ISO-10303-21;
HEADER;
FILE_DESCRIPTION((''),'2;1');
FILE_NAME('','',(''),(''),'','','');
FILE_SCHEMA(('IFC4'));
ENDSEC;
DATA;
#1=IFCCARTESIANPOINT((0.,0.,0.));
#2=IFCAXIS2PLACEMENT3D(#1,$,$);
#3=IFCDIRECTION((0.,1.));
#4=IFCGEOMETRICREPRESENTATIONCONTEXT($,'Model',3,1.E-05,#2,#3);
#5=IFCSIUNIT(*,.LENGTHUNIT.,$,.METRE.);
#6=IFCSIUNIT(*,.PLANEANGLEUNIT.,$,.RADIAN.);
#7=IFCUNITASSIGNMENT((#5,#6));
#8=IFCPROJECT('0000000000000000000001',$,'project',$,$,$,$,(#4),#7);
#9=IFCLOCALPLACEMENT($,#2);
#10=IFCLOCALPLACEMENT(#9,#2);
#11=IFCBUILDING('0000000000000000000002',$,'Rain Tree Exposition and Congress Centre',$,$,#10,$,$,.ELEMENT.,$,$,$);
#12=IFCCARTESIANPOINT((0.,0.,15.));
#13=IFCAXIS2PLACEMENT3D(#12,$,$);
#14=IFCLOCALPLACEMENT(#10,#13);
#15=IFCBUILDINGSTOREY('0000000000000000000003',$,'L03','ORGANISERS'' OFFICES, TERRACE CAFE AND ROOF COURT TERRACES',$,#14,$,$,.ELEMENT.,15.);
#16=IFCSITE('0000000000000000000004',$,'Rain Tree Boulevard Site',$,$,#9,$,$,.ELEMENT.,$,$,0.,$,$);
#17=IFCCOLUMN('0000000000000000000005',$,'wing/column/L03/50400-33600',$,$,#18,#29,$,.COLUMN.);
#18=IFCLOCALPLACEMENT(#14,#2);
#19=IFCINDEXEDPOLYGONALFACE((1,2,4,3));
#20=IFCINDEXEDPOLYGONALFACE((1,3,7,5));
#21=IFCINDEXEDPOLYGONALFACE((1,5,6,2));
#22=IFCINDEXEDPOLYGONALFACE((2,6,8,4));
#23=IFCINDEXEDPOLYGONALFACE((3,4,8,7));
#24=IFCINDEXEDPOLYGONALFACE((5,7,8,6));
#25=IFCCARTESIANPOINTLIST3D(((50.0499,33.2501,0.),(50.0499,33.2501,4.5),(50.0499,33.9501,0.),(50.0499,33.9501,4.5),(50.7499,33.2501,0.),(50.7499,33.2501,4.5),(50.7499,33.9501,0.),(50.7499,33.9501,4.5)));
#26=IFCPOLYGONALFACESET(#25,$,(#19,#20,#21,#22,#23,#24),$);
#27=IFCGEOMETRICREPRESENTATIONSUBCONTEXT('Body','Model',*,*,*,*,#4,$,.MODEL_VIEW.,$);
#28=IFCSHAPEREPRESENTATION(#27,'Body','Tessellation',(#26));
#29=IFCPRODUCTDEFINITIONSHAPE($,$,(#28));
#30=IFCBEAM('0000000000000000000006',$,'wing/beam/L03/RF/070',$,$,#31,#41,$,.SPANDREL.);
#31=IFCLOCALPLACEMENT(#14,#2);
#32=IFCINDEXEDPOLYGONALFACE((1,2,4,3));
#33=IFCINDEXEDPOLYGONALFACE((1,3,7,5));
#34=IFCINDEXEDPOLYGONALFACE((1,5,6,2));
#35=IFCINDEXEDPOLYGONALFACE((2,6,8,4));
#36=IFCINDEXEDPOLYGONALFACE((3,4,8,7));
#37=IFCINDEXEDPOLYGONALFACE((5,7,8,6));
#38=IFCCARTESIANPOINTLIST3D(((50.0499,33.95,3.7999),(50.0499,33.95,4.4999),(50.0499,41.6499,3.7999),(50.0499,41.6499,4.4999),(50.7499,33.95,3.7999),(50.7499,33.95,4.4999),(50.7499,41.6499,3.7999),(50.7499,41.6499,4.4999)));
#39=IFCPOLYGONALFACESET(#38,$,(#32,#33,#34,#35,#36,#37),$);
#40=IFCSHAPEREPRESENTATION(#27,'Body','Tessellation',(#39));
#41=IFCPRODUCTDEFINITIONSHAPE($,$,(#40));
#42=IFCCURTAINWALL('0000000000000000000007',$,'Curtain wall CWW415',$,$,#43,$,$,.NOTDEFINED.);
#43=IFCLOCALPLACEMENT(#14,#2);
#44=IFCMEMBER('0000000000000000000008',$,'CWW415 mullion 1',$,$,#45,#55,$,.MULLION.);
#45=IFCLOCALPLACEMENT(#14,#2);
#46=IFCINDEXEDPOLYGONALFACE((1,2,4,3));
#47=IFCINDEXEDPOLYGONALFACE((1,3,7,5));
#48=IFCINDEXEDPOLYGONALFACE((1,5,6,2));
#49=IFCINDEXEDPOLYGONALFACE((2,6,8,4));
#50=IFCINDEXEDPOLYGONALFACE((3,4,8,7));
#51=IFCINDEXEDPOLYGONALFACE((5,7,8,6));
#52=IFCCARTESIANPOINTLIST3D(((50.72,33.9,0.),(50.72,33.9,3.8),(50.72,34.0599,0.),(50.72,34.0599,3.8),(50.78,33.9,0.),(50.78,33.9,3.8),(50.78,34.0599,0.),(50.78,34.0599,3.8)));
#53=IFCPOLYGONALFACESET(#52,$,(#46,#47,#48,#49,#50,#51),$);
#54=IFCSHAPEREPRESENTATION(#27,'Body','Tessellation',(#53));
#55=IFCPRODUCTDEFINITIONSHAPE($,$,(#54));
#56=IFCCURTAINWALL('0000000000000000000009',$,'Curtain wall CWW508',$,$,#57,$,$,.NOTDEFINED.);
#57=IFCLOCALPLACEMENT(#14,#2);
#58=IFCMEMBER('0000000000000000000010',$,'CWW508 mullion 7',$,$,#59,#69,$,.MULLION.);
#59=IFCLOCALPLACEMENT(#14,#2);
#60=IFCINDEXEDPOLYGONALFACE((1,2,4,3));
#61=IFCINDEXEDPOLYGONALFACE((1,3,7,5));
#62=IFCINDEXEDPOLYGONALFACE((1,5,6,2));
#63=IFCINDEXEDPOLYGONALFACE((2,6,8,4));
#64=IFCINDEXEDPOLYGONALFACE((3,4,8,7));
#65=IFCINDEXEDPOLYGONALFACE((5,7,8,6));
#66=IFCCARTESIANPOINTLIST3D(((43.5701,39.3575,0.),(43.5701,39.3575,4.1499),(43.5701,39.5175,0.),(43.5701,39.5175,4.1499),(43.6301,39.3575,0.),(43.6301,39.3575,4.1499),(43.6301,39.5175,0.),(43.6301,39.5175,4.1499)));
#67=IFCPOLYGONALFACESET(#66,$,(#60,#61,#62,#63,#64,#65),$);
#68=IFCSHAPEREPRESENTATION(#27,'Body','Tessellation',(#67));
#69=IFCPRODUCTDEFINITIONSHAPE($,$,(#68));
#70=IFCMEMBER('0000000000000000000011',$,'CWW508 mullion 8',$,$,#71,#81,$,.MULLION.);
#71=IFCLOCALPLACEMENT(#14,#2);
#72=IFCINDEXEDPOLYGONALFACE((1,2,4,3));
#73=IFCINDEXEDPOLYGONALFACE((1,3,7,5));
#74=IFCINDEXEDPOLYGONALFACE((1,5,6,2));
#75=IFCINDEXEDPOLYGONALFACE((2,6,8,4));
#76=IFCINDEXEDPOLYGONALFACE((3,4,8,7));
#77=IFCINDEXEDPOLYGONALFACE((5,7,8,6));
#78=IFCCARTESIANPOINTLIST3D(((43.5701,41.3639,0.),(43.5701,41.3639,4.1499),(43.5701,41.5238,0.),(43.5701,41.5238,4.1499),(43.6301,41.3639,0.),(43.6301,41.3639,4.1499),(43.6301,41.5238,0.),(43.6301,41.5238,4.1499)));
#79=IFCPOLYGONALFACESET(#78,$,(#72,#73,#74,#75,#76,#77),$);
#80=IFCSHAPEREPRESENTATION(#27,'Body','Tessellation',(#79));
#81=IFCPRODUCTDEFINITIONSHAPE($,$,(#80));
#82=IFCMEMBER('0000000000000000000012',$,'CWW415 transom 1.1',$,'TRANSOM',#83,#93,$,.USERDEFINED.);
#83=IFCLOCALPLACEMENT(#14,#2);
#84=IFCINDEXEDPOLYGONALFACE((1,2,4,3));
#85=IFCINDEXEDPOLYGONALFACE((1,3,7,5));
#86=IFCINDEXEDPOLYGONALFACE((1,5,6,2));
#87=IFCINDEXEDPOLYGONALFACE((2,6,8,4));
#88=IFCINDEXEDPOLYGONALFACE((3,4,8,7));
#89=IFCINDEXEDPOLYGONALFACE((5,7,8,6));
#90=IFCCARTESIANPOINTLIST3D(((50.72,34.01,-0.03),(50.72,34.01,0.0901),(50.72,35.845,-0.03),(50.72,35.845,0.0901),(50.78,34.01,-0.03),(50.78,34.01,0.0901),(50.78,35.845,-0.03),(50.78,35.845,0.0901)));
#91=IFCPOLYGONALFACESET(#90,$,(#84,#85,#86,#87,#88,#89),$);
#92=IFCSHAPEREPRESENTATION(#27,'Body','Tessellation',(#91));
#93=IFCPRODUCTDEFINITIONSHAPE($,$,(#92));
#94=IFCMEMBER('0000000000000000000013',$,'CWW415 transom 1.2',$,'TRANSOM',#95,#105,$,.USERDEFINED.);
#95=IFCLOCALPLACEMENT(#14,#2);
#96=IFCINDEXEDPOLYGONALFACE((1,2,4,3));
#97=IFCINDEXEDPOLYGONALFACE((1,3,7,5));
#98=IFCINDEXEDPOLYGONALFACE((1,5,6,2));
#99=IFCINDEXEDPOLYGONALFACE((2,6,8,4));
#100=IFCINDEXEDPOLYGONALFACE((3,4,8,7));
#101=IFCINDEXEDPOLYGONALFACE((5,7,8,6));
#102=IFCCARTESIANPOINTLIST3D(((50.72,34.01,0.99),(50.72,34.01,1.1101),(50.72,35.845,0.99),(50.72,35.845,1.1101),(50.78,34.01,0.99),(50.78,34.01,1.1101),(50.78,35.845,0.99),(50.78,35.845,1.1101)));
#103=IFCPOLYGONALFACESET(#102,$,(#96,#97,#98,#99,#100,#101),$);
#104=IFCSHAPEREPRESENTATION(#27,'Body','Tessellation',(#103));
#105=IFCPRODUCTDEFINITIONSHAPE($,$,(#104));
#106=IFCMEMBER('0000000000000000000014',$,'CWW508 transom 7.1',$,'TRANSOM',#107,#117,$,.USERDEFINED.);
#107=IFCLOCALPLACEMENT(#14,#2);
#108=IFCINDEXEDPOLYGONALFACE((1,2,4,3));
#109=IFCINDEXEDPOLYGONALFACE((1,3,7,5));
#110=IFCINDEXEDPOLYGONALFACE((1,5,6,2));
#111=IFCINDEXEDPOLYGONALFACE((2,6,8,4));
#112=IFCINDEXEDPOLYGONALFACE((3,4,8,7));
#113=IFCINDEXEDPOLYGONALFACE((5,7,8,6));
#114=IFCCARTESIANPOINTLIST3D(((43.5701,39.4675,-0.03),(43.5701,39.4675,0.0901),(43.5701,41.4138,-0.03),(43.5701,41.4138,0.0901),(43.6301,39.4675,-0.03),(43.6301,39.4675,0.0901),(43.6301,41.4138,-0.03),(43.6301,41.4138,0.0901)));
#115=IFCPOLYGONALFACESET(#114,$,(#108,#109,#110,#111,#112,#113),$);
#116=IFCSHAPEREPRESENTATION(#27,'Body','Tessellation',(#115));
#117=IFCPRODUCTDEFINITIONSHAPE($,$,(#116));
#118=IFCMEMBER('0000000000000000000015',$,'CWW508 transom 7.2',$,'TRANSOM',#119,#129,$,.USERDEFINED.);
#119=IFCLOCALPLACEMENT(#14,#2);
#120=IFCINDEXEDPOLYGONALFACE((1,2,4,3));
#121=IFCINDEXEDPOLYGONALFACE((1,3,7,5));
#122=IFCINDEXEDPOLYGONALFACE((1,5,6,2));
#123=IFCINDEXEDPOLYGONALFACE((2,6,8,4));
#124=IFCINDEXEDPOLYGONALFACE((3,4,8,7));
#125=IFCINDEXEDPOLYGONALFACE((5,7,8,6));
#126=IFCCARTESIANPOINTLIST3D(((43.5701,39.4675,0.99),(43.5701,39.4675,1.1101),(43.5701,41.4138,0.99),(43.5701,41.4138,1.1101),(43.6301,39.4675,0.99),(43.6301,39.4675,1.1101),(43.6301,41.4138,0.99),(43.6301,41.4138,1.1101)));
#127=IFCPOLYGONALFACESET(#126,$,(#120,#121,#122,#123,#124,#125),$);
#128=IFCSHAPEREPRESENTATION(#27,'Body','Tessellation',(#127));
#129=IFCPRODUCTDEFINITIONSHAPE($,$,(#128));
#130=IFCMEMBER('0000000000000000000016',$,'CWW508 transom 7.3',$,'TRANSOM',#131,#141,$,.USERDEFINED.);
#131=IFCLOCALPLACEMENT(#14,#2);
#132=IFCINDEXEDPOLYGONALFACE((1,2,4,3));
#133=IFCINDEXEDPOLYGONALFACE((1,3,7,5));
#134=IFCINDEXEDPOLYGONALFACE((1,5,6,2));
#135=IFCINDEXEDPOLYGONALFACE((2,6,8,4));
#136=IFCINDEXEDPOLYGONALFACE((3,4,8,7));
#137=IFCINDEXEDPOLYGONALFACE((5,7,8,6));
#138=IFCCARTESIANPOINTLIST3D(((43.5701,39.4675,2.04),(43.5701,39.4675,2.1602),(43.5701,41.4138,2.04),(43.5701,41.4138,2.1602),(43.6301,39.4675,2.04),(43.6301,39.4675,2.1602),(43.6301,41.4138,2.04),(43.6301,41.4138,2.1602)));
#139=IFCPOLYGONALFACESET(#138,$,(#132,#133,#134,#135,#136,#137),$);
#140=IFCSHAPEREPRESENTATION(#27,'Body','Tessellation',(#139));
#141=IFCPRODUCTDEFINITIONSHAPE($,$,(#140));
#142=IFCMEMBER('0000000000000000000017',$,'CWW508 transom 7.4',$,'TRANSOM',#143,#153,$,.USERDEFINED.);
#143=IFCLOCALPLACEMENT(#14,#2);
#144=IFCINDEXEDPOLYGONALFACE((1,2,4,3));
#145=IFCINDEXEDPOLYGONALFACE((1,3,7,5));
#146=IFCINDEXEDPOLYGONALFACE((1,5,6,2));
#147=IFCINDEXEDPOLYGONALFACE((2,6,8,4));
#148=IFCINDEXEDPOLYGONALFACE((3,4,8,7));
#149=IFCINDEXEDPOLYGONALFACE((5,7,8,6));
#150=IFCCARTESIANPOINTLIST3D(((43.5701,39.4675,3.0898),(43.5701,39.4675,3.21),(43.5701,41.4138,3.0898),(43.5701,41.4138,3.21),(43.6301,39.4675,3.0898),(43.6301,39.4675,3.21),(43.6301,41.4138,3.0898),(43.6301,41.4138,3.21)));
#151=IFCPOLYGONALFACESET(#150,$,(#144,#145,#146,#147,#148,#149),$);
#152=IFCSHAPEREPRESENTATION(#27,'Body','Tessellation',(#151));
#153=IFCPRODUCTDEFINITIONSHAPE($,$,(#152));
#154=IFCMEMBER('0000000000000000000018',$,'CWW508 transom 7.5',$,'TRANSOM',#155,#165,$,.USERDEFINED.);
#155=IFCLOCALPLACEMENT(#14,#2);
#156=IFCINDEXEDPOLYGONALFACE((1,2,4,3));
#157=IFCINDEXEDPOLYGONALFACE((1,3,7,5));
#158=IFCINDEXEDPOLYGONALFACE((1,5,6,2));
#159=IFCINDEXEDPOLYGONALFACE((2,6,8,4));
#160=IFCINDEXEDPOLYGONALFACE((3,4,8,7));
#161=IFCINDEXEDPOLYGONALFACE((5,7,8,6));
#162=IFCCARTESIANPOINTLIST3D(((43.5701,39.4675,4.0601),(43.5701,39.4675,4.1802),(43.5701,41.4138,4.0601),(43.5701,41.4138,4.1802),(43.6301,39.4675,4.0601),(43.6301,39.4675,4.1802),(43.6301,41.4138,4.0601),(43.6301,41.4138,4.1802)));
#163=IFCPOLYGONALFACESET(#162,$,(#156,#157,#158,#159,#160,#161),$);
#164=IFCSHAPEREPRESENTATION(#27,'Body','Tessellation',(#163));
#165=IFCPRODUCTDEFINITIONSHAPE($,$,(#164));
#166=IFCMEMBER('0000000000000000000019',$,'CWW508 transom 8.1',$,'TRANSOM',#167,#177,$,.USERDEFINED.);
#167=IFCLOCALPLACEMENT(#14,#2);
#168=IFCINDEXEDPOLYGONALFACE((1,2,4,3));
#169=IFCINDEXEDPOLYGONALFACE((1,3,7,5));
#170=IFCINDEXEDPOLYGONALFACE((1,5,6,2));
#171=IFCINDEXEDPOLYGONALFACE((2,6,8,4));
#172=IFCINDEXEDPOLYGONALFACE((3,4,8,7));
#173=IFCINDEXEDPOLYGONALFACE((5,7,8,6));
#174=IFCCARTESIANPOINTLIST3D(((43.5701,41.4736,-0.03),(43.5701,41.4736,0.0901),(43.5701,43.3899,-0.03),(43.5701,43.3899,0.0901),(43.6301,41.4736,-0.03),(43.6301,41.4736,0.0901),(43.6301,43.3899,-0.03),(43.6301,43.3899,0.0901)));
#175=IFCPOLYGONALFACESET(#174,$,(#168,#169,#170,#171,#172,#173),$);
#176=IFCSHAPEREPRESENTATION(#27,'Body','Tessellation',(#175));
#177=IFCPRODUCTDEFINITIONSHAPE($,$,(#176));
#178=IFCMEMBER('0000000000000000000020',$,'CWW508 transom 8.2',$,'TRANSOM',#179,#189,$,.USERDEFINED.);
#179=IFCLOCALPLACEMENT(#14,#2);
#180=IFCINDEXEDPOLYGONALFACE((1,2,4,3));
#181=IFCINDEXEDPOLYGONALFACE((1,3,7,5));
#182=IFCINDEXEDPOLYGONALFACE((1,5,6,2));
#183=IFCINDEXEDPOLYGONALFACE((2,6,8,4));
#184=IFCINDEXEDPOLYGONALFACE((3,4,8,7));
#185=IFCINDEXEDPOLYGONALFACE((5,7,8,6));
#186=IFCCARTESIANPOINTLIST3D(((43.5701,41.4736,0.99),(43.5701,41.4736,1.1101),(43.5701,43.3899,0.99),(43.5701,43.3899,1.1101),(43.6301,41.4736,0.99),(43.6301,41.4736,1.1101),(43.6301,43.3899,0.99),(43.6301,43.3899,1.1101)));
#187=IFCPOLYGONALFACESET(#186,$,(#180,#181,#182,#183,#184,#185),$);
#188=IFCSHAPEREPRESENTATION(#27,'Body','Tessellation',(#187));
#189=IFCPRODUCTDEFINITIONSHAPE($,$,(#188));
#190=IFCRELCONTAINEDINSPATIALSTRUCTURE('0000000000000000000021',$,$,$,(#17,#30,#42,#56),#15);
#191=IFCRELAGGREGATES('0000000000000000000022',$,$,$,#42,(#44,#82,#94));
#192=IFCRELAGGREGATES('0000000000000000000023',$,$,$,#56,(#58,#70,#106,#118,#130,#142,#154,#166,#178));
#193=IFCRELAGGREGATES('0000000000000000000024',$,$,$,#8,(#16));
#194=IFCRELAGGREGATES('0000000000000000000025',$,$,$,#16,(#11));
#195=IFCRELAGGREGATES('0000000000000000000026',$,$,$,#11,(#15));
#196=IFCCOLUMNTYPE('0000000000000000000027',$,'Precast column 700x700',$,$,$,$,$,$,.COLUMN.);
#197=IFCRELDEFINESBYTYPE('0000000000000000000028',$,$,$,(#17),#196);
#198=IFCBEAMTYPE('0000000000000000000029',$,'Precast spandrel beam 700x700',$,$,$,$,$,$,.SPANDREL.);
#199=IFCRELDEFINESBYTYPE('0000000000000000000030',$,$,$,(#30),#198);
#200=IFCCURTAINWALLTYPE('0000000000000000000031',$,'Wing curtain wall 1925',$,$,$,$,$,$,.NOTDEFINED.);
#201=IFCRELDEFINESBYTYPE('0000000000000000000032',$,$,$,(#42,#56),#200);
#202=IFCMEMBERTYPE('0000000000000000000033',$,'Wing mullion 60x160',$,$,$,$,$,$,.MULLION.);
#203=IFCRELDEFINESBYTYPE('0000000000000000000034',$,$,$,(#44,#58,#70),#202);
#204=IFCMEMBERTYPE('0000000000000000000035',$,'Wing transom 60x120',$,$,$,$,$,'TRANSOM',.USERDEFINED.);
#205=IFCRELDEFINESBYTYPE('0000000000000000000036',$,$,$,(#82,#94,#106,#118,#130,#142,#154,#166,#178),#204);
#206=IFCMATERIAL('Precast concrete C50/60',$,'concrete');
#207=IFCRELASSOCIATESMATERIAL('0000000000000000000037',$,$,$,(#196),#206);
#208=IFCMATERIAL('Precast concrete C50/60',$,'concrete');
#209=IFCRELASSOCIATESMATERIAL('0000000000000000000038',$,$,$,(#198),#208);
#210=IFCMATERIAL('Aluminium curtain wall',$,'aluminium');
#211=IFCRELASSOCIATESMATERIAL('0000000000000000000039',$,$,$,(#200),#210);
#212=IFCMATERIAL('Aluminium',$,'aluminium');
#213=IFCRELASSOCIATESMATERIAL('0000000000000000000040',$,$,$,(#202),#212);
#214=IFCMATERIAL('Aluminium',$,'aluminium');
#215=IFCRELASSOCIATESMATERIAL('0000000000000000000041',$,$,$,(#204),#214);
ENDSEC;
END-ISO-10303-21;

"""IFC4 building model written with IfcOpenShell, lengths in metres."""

from ifc_helpers import new_model, si_unit, direction, frame, origin, origin_2d, place, context, subcontext, project, spatial, rectangle, extrude, material, material_profile, profile_set, type_object, element, aggregate, save


model = new_model("IFC4")

# Units and contexts
model_context = context("Model", 3, precision=1e-05, world=origin(), true_north=direction((0.0, 1.0)))
body_context = subcontext(model_context, "Body", "Model", "MODEL_VIEW")
ifc_project = project(units=[si_unit("LENGTHUNIT", "METRE"), si_unit("PLANEANGLEUNIT", "RADIAN")], contexts=[model_context])

# Site, building, storey
site_placement = place(None, origin())
site = spatial("IfcSite", under=ifc_project, at=site_placement, Name="Rain Tree Boulevard Site", CompositionType="ELEMENT", RefElevation=0.0)
building_placement = place(site_placement, origin())
building = spatial("IfcBuilding", under=site, at=building_placement, Name="Rain Tree Exposition and Congress Centre", CompositionType="ELEMENT")
storey_placement = place(building_placement, frame((0.0, 0.0, 15.0)))
storey = spatial("IfcBuildingStorey", under=building, at=storey_placement, Name="L03", Description="ORGANISERS' OFFICES, TERRACE CAFE AND ROOF COURT TERRACES", CompositionType="ELEMENT", Elevation=15.0)

# Column
ifc_material_1 = material(Name="Precast concrete C50/60", Category="concrete")
ifc_material_profile_1 = material_profile(ifc_material_1, rectangle(XDim=0.7, YDim=0.7, at=origin_2d()), Name="RC 700x700")
ifc_profile_set_1 = profile_set([ifc_material_profile_1], Name="Precast concrete C50/60")
column_type = type_object("IfcColumnType", Name="Precast column 700x700", PredefinedType="COLUMN", material=ifc_profile_set_1)
column_placement = place(storey_placement, frame((50.3999, 33.6001, 0.0), z_axis=(0.0, 0.0, 1.0), x_axis=(1.0, 0.0, 0.0)))
element("IfcColumn", 1, at=column_placement, inside=storey, type_object=column_type, Name="wing/column/L03/50400-33600", PredefinedType="COLUMN", context=body_context, shape_type="SweptSolid", body=[
    extrude(rectangle(XDim=0.7, YDim=0.7, at=origin_2d()), origin(), (0.0, 0.0, 1.0), 4.5),
])

# Beam
ifc_material_2 = material(Name="Precast concrete C50/60", Category="concrete")
ifc_material_profile_2 = material_profile(ifc_material_2, rectangle(XDim=0.7, YDim=0.7, at=origin_2d()), Name="RC 700x700")
ifc_profile_set_2 = profile_set([ifc_material_profile_2], Name="Precast concrete C50/60")
beam_type = type_object("IfcBeamType", Name="Precast spandrel beam 700x700", PredefinedType="SPANDREL", material=ifc_profile_set_2)
beam_placement = place(storey_placement, frame((50.3999, 33.95, 4.1499), z_axis=(0.0, 1.0, 0.0), x_axis=(-1.0, 0.0, 0.0)))
element("IfcBeam", 2, at=beam_placement, inside=storey, type_object=beam_type, Name="wing/beam/L03/RF/070", PredefinedType="SPANDREL", context=body_context, shape_type="SweptSolid", body=[
    extrude(rectangle(XDim=0.7, YDim=0.7, at=origin_2d()), origin(), (0.0, 0.0, 1.0), 7.7),
])

# Curtain wall, member
ifc_material_3 = material(Name="Aluminium curtain wall", Category="aluminium")
curtain_wall_type = type_object("IfcCurtainWallType", Name="Wing curtain wall 1925", PredefinedType="NOTDEFINED", material=ifc_material_3)
curtain_wall_1_placement = place(storey_placement, origin())
curtain_wall_1 = element("IfcCurtainWall", 3, at=curtain_wall_1_placement, inside=storey, type_object=curtain_wall_type, Name="Curtain wall CWW415", PredefinedType="NOTDEFINED")
ifc_material_4 = material(Name="Aluminium", Category="aluminium")
ifc_material_profile_3 = material_profile(ifc_material_4, rectangle(XDim=0.0601, YDim=0.1599, at=origin_2d()), Name="Aluminium 60x160")
ifc_profile_set_3 = profile_set([ifc_material_profile_3], Name="Aluminium")
member_type_1 = type_object("IfcMemberType", Name="Wing mullion 60x160", PredefinedType="MULLION", material=ifc_profile_set_3)
member_1_placement = place(storey_placement, frame((50.75, 33.98, 0.0), z_axis=(0.0, 0.0, 1.0), x_axis=(-1.0, 0.0, 0.0)))
member_1 = element("IfcMember", 4, at=member_1_placement, type_object=member_type_1, Name="CWW415 mullion 1", PredefinedType="MULLION", context=body_context, shape_type="SweptSolid", body=[
    extrude(rectangle(XDim=0.0601, YDim=0.1599, at=origin_2d()), origin(), (0.0, 0.0, 1.0), 3.8),
])

# Curtain wall, members
curtain_wall_2_placement = place(storey_placement, origin())
curtain_wall_2 = element("IfcCurtainWall", 5, at=curtain_wall_2_placement, inside=storey, type_object=curtain_wall_type, Name="Curtain wall CWW508", PredefinedType="NOTDEFINED")
member_2_placement = place(storey_placement, frame((43.6001, 39.4375, 0.0), z_axis=(0.0, 0.0, 1.0), x_axis=(-1.0, 0.0, 0.0)))
member_2 = element("IfcMember", 6, at=member_2_placement, type_object=member_type_1, Name="CWW508 mullion 7", PredefinedType="MULLION", context=body_context, shape_type="SweptSolid", body=[
    extrude(rectangle(XDim=0.0601, YDim=0.1599, at=origin_2d()), origin(), (0.0, 0.0, 1.0), 4.1499),
])
member_3_placement = place(storey_placement, frame((43.6001, 41.4438, 0.0), z_axis=(0.0, 0.0, 1.0), x_axis=(-1.0, 0.0, 0.0)))
member_3 = element("IfcMember", 7, at=member_3_placement, type_object=member_type_1, Name="CWW508 mullion 8", PredefinedType="MULLION", context=body_context, shape_type="SweptSolid", body=[
    extrude(rectangle(XDim=0.0601, YDim=0.1599, at=origin_2d()), origin(), (0.0, 0.0, 1.0), 4.1499),
])

# Members
ifc_material_5 = material(Name="Aluminium", Category="aluminium")
ifc_material_profile_4 = material_profile(ifc_material_5, rectangle(XDim=0.0601, YDim=0.1201, at=origin_2d()), Name="Aluminium 60x120")
ifc_profile_set_4 = profile_set([ifc_material_profile_4], Name="Aluminium")
member_type_2 = type_object("IfcMemberType", Name="Wing transom 60x120", ElementType="TRANSOM", PredefinedType="USERDEFINED", material=ifc_profile_set_4)
member_4_placement = place(storey_placement, frame((50.75, 34.01, 0.03), z_axis=(0.0, 1.0, 0.0), x_axis=(-1.0, 0.0, 0.0)))
member_4 = element("IfcMember", 8, at=member_4_placement, type_object=member_type_2, Name="CWW415 transom 1.1", ObjectType="TRANSOM", PredefinedType="USERDEFINED", context=body_context, shape_type="SweptSolid", body=[
    extrude(rectangle(XDim=0.0601, YDim=0.1201, at=origin_2d()), origin(), (0.0, 0.0, 1.0), 1.835),
])
member_5_placement = place(storey_placement, frame((50.75, 34.01, 1.05), z_axis=(0.0, 1.0, 0.0), x_axis=(-1.0, 0.0, 0.0)))
member_5 = element("IfcMember", 9, at=member_5_placement, type_object=member_type_2, Name="CWW415 transom 1.2", ObjectType="TRANSOM", PredefinedType="USERDEFINED", context=body_context, shape_type="SweptSolid", body=[
    extrude(rectangle(XDim=0.0601, YDim=0.1201, at=origin_2d()), origin(), (0.0, 0.0, 1.0), 1.835),
])
aggregate(curtain_wall_1, [member_1, member_4, member_5])
member_6_placement = place(storey_placement, frame((43.6001, 39.4675, 0.03), z_axis=(0.0, 1.0, 0.0), x_axis=(-1.0, 0.0, 0.0)))
member_6 = element("IfcMember", 10, at=member_6_placement, type_object=member_type_2, Name="CWW508 transom 7.1", ObjectType="TRANSOM", PredefinedType="USERDEFINED", context=body_context, shape_type="SweptSolid", body=[
    extrude(rectangle(XDim=0.0601, YDim=0.1201, at=origin_2d()), origin(), (0.0, 0.0, 1.0), 1.9463),
])
member_7_placement = place(storey_placement, frame((43.6001, 39.4675, 1.05), z_axis=(0.0, 1.0, 0.0), x_axis=(-1.0, 0.0, 0.0)))
member_7 = element("IfcMember", 11, at=member_7_placement, type_object=member_type_2, Name="CWW508 transom 7.2", ObjectType="TRANSOM", PredefinedType="USERDEFINED", context=body_context, shape_type="SweptSolid", body=[
    extrude(rectangle(XDim=0.0601, YDim=0.1201, at=origin_2d()), origin(), (0.0, 0.0, 1.0), 1.9463),
])
member_8_placement = place(storey_placement, frame((43.6001, 39.4675, 2.1001), z_axis=(0.0, 1.0, 0.0), x_axis=(-1.0, 0.0, 0.0)))
member_8 = element("IfcMember", 12, at=member_8_placement, type_object=member_type_2, Name="CWW508 transom 7.3", ObjectType="TRANSOM", PredefinedType="USERDEFINED", context=body_context, shape_type="SweptSolid", body=[
    extrude(rectangle(XDim=0.0601, YDim=0.1201, at=origin_2d()), origin(), (0.0, 0.0, 1.0), 1.9463),
])
member_9_placement = place(storey_placement, frame((43.6001, 39.4675, 3.1499), z_axis=(0.0, 1.0, 0.0), x_axis=(-1.0, 0.0, 0.0)))
member_9 = element("IfcMember", 13, at=member_9_placement, type_object=member_type_2, Name="CWW508 transom 7.4", ObjectType="TRANSOM", PredefinedType="USERDEFINED", context=body_context, shape_type="SweptSolid", body=[
    extrude(rectangle(XDim=0.0601, YDim=0.1201, at=origin_2d()), origin(), (0.0, 0.0, 1.0), 1.9463),
])
member_10_placement = place(storey_placement, frame((43.6001, 39.4675, 4.1201), z_axis=(0.0, 1.0, 0.0), x_axis=(-1.0, 0.0, 0.0)))
member_10 = element("IfcMember", 14, at=member_10_placement, type_object=member_type_2, Name="CWW508 transom 7.5", ObjectType="TRANSOM", PredefinedType="USERDEFINED", context=body_context, shape_type="SweptSolid", body=[
    extrude(rectangle(XDim=0.0601, YDim=0.1201, at=origin_2d()), origin(), (0.0, 0.0, 1.0), 1.9463),
])
member_11_placement = place(storey_placement, frame((43.6001, 41.4736, 0.03), z_axis=(0.0, 1.0, 0.0), x_axis=(-1.0, 0.0, 0.0)))
member_11 = element("IfcMember", 15, at=member_11_placement, type_object=member_type_2, Name="CWW508 transom 8.1", ObjectType="TRANSOM", PredefinedType="USERDEFINED", context=body_context, shape_type="SweptSolid", body=[
    extrude(rectangle(XDim=0.0601, YDim=0.1201, at=origin_2d()), origin(), (0.0, 0.0, 1.0), 1.9163),
])
member_12_placement = place(storey_placement, frame((43.6001, 41.4736, 1.05), z_axis=(0.0, 1.0, 0.0), x_axis=(-1.0, 0.0, 0.0)))
member_12 = element("IfcMember", 16, at=member_12_placement, type_object=member_type_2, Name="CWW508 transom 8.2", ObjectType="TRANSOM", PredefinedType="USERDEFINED", context=body_context, shape_type="SweptSolid", body=[
    extrude(rectangle(XDim=0.0601, YDim=0.1201, at=origin_2d()), origin(), (0.0, 0.0, 1.0), 1.9163),
])

aggregate(curtain_wall_2, [member_2, member_3, member_6, member_7, member_8, member_9, member_10, member_11, member_12])

save(model, "model.ifc")
